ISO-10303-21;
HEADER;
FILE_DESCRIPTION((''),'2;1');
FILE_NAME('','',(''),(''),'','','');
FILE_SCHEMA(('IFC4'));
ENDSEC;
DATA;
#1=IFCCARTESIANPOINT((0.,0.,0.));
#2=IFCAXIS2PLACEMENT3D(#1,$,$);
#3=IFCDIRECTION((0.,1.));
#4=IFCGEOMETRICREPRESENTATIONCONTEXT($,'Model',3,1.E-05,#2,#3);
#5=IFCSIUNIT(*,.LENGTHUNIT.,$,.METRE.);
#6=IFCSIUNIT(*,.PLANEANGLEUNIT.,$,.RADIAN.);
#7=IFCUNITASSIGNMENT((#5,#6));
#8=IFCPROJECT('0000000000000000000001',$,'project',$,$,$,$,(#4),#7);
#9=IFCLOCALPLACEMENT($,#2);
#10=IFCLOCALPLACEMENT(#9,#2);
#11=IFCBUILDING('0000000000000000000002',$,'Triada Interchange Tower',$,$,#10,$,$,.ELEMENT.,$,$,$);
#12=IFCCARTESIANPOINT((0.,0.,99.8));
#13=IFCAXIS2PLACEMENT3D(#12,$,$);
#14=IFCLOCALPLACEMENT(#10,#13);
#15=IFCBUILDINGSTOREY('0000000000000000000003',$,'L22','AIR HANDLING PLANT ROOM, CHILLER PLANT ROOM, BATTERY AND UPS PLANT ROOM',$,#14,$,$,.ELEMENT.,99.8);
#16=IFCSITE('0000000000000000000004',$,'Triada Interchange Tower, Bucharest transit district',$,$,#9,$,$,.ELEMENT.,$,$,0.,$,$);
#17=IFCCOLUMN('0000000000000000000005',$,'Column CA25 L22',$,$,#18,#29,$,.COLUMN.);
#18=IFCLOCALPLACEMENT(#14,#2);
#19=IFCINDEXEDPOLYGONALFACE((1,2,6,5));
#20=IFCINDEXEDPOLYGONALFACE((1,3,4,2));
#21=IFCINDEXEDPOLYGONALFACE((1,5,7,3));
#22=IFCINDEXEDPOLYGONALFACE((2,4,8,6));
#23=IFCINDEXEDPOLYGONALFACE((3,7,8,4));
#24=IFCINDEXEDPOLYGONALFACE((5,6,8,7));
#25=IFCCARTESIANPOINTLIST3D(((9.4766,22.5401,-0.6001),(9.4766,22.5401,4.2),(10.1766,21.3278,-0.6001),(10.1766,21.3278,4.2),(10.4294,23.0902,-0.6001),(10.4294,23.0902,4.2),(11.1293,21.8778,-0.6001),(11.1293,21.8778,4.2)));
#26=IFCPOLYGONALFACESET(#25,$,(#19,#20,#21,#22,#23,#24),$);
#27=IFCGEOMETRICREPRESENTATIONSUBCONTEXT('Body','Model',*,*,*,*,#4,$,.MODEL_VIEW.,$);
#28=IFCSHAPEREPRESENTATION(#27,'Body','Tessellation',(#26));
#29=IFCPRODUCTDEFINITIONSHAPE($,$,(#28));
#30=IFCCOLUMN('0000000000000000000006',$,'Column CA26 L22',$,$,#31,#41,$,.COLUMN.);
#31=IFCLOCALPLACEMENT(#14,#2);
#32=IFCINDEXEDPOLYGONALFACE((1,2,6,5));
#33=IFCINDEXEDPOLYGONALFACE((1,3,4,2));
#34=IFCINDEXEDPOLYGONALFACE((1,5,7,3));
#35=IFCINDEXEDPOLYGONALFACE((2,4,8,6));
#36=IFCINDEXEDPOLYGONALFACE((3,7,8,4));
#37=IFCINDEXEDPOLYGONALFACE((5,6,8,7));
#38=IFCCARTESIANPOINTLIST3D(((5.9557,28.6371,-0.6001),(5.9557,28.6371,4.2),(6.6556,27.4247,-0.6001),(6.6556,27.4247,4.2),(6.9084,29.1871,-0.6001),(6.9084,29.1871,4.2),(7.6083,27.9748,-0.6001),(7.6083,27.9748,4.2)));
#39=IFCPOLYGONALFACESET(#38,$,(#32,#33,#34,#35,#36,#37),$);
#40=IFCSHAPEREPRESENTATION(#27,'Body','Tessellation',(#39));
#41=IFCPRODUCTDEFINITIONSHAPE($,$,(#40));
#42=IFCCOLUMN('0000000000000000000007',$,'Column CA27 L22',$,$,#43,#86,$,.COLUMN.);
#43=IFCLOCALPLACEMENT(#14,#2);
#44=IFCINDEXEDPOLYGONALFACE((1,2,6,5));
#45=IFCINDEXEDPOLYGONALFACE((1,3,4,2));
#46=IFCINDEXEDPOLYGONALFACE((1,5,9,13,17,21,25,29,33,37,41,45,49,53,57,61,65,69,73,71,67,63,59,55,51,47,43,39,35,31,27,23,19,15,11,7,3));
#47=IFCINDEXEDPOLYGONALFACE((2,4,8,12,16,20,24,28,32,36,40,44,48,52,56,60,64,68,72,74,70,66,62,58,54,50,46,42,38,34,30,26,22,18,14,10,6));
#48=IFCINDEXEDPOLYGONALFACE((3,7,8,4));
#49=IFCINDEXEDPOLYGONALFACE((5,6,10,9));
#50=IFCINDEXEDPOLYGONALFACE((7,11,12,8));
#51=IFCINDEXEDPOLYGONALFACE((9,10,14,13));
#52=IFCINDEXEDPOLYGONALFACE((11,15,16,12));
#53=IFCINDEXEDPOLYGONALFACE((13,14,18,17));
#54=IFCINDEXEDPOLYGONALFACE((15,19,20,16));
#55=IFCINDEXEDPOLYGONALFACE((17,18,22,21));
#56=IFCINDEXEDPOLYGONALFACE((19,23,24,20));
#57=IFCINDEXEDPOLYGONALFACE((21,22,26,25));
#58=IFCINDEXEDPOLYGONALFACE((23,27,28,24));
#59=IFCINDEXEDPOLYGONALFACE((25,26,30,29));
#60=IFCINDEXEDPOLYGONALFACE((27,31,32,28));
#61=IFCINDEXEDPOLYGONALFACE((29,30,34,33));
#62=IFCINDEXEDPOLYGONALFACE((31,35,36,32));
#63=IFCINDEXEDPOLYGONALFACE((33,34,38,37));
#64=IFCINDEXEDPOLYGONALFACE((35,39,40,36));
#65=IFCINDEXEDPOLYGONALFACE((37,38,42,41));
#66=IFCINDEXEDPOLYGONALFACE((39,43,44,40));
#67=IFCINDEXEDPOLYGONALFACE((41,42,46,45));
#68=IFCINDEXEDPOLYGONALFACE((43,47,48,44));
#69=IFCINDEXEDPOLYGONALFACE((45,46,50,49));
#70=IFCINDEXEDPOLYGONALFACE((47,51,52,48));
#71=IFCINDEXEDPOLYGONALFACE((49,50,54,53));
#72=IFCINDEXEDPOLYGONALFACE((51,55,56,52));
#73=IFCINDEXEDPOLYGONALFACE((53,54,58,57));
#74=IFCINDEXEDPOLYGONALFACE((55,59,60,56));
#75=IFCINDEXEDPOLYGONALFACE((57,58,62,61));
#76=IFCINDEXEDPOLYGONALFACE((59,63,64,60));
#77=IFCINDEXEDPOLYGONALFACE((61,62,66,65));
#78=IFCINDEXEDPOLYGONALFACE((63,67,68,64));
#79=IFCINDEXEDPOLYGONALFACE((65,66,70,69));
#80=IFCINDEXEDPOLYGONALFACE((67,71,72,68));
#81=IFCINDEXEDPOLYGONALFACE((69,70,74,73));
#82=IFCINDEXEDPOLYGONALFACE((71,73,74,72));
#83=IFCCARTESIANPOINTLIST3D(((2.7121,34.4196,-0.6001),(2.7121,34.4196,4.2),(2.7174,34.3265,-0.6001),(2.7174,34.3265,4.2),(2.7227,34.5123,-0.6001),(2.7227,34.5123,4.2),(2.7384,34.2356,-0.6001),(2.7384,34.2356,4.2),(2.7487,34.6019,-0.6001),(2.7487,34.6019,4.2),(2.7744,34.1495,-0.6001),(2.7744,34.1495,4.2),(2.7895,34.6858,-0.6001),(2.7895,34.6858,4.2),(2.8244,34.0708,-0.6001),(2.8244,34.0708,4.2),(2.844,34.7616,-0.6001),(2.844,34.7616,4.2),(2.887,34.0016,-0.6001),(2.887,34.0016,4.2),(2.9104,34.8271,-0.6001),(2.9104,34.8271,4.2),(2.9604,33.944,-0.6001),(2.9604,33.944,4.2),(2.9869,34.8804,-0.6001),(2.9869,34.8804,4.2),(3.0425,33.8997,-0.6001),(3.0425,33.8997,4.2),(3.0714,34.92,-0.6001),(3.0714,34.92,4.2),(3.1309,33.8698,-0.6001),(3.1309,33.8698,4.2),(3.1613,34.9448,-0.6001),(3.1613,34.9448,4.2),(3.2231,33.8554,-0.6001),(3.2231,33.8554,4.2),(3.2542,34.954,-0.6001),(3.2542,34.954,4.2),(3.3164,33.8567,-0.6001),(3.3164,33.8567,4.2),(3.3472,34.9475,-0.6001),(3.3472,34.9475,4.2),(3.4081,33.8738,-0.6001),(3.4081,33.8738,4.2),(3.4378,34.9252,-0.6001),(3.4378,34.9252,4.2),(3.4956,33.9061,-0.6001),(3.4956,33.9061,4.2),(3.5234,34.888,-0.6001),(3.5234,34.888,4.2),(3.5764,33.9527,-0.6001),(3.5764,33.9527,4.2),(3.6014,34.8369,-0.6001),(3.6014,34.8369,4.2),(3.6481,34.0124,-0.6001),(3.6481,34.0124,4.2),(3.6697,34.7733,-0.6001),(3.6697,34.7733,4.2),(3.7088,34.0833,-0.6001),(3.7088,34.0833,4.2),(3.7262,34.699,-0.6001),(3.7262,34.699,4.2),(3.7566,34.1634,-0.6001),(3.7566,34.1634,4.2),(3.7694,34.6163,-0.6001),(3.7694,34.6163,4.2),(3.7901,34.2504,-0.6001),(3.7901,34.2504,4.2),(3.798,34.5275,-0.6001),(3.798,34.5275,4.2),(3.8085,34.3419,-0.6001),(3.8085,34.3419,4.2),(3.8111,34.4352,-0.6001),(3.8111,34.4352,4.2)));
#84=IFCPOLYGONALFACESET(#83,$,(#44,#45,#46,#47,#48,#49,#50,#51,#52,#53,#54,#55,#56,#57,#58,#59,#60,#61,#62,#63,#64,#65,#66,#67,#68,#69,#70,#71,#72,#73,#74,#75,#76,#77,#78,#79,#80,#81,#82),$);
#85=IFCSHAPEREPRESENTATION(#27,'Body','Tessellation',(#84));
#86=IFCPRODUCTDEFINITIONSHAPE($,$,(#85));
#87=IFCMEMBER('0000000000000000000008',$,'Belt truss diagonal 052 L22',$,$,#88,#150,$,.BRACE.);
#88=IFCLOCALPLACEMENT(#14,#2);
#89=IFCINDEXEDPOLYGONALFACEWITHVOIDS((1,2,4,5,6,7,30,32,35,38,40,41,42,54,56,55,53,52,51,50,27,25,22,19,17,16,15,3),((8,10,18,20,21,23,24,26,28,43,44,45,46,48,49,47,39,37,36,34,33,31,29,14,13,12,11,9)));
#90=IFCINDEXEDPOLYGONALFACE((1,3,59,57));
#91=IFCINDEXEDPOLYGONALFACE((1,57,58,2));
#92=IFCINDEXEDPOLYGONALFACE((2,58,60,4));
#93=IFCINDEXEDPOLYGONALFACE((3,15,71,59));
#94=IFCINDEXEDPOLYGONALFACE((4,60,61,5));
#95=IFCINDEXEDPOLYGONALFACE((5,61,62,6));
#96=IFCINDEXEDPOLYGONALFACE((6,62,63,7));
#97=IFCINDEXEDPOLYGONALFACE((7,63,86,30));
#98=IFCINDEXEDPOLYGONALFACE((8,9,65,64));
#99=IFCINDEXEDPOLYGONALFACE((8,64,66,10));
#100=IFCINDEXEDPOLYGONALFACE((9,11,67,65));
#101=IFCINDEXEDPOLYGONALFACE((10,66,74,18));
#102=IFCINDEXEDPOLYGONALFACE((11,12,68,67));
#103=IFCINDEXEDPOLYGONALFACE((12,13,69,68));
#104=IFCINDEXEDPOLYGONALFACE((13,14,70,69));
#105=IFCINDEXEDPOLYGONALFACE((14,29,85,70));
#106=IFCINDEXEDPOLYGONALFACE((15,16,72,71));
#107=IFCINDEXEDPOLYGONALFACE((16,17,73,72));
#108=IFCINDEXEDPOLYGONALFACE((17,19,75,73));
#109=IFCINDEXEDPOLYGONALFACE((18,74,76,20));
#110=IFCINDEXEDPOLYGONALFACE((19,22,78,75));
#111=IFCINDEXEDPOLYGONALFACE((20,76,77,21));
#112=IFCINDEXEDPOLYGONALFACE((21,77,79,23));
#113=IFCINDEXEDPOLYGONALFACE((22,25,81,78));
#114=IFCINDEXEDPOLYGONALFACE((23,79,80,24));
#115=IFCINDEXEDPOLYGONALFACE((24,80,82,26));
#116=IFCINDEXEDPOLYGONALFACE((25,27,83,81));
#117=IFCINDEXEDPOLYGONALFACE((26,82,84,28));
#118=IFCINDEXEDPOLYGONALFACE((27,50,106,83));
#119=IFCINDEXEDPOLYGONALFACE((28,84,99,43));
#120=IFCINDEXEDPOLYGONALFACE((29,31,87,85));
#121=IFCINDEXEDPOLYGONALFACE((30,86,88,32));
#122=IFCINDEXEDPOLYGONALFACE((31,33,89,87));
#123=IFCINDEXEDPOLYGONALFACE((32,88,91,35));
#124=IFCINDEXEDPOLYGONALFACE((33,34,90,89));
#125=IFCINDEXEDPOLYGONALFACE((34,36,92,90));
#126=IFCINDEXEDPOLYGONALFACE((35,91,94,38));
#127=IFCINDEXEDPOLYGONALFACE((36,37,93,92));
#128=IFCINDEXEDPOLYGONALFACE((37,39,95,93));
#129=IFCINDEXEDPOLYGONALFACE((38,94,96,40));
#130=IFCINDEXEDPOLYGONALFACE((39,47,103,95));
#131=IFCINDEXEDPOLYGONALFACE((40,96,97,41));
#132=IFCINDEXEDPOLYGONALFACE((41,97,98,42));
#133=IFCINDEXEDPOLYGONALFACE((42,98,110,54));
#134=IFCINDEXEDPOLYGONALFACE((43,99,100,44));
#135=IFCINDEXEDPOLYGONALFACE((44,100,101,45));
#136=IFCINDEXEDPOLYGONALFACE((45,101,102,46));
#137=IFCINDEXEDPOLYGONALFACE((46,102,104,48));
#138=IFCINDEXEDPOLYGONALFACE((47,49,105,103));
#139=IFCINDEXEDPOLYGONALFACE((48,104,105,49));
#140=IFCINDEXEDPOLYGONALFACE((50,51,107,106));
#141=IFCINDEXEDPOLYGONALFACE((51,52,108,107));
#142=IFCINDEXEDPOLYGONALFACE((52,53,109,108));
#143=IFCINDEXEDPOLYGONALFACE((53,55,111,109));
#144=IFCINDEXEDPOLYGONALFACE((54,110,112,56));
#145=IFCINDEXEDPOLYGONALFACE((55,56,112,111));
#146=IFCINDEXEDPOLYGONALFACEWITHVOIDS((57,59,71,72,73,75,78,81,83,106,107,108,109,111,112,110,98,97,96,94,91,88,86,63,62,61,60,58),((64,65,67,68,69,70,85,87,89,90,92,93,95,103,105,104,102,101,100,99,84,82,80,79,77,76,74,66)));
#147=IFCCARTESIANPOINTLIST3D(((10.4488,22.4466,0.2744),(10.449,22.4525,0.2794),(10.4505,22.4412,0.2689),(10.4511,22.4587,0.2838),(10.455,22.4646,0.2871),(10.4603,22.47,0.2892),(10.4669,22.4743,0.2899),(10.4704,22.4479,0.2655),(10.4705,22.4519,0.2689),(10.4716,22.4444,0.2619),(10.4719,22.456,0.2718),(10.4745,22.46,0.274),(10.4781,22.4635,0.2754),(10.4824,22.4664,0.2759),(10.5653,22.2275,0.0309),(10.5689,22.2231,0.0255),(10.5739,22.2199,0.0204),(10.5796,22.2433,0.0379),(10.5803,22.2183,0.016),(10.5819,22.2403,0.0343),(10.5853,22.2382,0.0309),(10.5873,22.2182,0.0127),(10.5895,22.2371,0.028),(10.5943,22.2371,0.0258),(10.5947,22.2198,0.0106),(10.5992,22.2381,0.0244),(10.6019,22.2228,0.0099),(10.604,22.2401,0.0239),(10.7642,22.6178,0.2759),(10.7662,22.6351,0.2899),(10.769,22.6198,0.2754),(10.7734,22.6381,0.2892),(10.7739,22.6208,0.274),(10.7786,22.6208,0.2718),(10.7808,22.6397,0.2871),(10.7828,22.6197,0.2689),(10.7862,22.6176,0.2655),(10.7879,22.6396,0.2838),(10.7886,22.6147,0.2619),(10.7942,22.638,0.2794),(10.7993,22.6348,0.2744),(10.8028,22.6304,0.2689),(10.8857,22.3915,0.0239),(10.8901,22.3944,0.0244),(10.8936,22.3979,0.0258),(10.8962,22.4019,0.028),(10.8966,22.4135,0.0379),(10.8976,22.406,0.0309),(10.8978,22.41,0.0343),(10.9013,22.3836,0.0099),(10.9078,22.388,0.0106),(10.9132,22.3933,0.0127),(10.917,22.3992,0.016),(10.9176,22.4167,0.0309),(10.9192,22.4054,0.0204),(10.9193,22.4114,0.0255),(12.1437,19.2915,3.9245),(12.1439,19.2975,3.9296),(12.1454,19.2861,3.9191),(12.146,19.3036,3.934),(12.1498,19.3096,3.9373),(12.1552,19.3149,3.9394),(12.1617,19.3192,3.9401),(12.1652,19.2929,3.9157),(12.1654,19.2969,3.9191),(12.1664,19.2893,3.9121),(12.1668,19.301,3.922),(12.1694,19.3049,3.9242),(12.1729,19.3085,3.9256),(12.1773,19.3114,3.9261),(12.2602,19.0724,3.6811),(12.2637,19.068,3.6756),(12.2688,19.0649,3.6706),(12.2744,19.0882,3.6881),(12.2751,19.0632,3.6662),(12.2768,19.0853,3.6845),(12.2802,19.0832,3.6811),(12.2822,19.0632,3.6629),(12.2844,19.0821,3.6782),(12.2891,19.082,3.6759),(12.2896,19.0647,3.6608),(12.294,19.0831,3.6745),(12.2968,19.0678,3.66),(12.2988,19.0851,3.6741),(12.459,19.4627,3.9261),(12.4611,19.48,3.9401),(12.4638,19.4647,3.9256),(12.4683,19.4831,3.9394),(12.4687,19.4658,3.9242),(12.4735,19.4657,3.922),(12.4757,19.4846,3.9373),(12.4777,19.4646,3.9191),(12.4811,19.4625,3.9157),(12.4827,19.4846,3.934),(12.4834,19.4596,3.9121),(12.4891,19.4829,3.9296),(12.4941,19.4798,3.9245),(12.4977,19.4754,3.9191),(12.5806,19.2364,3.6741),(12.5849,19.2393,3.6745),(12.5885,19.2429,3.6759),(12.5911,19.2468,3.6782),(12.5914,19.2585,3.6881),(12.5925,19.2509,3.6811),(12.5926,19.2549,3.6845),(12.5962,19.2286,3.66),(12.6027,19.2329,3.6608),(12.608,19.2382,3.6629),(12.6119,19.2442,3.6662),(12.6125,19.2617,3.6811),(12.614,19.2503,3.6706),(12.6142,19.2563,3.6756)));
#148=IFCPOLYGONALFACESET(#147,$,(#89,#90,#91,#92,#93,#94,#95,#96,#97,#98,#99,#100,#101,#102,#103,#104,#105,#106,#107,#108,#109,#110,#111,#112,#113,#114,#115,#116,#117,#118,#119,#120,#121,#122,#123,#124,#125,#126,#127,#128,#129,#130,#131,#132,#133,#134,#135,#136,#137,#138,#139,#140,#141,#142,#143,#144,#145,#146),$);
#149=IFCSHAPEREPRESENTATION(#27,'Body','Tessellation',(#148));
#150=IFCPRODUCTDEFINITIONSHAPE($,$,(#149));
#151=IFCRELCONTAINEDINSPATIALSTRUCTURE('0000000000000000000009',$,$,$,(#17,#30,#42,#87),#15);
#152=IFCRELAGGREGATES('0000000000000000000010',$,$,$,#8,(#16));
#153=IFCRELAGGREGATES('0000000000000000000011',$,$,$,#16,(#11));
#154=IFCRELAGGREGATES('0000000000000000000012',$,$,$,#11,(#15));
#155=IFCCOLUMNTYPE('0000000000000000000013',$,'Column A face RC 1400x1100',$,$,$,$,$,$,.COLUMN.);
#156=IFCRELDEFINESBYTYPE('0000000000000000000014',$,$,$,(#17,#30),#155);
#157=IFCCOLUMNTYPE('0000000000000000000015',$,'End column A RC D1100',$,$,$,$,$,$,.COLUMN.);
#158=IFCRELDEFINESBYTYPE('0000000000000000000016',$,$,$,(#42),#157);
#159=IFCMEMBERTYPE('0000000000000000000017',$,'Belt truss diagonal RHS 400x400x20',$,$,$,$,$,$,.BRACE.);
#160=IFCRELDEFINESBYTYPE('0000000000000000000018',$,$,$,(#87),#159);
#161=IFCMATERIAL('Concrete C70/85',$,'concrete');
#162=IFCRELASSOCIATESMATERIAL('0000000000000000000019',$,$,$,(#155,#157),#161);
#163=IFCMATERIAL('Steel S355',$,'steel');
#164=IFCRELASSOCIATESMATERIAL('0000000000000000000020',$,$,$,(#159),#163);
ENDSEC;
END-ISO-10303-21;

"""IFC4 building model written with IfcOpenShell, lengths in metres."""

from ifc_helpers import new_model, si_unit, direction, frame, origin, origin_2d, place, context, subcontext, project, spatial, rectangle, hollow_rectangle, circle, extrude, material, material_profile, profile_set, type_object, element, save


model = new_model("IFC4")

# Units and contexts
model_context = context("Model", 3, precision=1e-05, world=origin(), true_north=direction((0.0, 1.0)))
body_context = subcontext(model_context, "Body", "Model", "MODEL_VIEW")
ifc_project = project(units=[si_unit("LENGTHUNIT", "METRE"), si_unit("PLANEANGLEUNIT", "RADIAN")], contexts=[model_context])

# Site, building, storey
site_placement = place(None, origin())
site = spatial("IfcSite", under=ifc_project, at=site_placement, Name="Triada Interchange Tower, Bucharest transit district", CompositionType="ELEMENT", RefElevation=0.0)
building_placement = place(site_placement, origin())
building = spatial("IfcBuilding", under=site, at=building_placement, Name="Triada Interchange Tower", CompositionType="ELEMENT")
storey_placement = place(building_placement, frame((0.0, 0.0, 99.8)))
storey = spatial("IfcBuildingStorey", under=building, at=storey_placement, Name="L22", Description="AIR HANDLING PLANT ROOM, CHILLER PLANT ROOM, BATTERY AND UPS PLANT ROOM", CompositionType="ELEMENT", Elevation=99.8)

# Columns
ifc_material_1 = material(Name="Concrete C70/85", Category="concrete")
ifc_material_profile_1 = material_profile(ifc_material_1, rectangle(XDim=1.3999, YDim=1.1001, at=origin_2d()), Name="RC 1400x1100")
ifc_profile_set_1 = profile_set([ifc_material_profile_1], Name="Concrete C70/85")
column_type_1 = type_object("IfcColumnType", Name="Column A face RC 1400x1100", PredefinedType="COLUMN", material=ifc_profile_set_1)
for number, where, z_axis, x_axis, name in (
    (1, (10.303, 22.209, -0.6001), (0.0, 0.0, 1.0), (-0.5, 0.866025, 0.0), "Column CA25 L22"),
    (2, (6.782, 28.3059, -0.6001), (0.0, 0.0, 1.0), (-0.5, 0.866025, 0.0), "Column CA26 L22"),
):
    element("IfcColumn", number, at=place(storey_placement, frame(where, z_axis=z_axis, x_axis=x_axis)), inside=storey, type_object=column_type_1, Name=name, PredefinedType="COLUMN", context=body_context, shape_type="SweptSolid", body=[
        extrude(rectangle(XDim=1.3999, YDim=1.1001, at=origin_2d()), origin(), (0.0, 0.0, 1.0), 4.8),
    ])
ifc_material_profile_2 = material_profile(ifc_material_1, circle(Radius=0.55, at=origin_2d()), Name="RC D1100")
ifc_profile_set_2 = profile_set([ifc_material_profile_2], Name="Concrete C70/85")
column_type_2 = type_object("IfcColumnType", Name="End column A RC D1100", PredefinedType="COLUMN", material=ifc_profile_set_2)
column_placement = place(storey_placement, frame((3.262, 34.4041, -0.6001), z_axis=(0.0, 0.0, 1.0), x_axis=(-0.5, 0.866025, 0.0)))
element("IfcColumn", 3, at=column_placement, inside=storey, type_object=column_type_2, Name="Column CA27 L22", PredefinedType="COLUMN", context=body_context, shape_type="SweptSolid", body=[
    extrude(circle(Radius=0.55, at=origin_2d()), origin(), (0.0, 0.0, 1.0), 4.8),
])

# Member
ifc_material_2 = material(Name="Steel S355", Category="steel")
ifc_material_profile_3 = material_profile(ifc_material_2, hollow_rectangle(XDim=0.3999, YDim=0.3999, WallThickness=0.02, InnerFilletRadius=0.02, OuterFilletRadius=0.03, at=origin_2d()), Name="RHS 400x400x20")
ifc_profile_set_3 = profile_set([ifc_material_profile_3], Name="Steel S355")
member_type_1 = type_object("IfcMemberType", Name="Belt truss diagonal RHS 400x400x20", PredefinedType="BRACE", material=ifc_profile_set_3)
member_1_placement = place(storey_placement, frame((10.6841, 22.429, 0.1499), z_axis=(0.331426, -0.616973, 0.713794), x_axis=(0.880941, 0.473226, 0.0)))
element("IfcMember", 4, at=member_1_placement, inside=storey, type_object=member_type_1, Name="Belt truss diagonal 052 L22", PredefinedType="BRACE", context=body_context, shape_type="SweptSolid", body=[
    extrude(hollow_rectangle(XDim=0.3999, YDim=0.3999, WallThickness=0.02, InnerFilletRadius=0.02, OuterFilletRadius=0.03, at=origin_2d()), origin(), (0.0, 0.0, 1.0), 5.1138),
])

save(model, "model.ifc")
